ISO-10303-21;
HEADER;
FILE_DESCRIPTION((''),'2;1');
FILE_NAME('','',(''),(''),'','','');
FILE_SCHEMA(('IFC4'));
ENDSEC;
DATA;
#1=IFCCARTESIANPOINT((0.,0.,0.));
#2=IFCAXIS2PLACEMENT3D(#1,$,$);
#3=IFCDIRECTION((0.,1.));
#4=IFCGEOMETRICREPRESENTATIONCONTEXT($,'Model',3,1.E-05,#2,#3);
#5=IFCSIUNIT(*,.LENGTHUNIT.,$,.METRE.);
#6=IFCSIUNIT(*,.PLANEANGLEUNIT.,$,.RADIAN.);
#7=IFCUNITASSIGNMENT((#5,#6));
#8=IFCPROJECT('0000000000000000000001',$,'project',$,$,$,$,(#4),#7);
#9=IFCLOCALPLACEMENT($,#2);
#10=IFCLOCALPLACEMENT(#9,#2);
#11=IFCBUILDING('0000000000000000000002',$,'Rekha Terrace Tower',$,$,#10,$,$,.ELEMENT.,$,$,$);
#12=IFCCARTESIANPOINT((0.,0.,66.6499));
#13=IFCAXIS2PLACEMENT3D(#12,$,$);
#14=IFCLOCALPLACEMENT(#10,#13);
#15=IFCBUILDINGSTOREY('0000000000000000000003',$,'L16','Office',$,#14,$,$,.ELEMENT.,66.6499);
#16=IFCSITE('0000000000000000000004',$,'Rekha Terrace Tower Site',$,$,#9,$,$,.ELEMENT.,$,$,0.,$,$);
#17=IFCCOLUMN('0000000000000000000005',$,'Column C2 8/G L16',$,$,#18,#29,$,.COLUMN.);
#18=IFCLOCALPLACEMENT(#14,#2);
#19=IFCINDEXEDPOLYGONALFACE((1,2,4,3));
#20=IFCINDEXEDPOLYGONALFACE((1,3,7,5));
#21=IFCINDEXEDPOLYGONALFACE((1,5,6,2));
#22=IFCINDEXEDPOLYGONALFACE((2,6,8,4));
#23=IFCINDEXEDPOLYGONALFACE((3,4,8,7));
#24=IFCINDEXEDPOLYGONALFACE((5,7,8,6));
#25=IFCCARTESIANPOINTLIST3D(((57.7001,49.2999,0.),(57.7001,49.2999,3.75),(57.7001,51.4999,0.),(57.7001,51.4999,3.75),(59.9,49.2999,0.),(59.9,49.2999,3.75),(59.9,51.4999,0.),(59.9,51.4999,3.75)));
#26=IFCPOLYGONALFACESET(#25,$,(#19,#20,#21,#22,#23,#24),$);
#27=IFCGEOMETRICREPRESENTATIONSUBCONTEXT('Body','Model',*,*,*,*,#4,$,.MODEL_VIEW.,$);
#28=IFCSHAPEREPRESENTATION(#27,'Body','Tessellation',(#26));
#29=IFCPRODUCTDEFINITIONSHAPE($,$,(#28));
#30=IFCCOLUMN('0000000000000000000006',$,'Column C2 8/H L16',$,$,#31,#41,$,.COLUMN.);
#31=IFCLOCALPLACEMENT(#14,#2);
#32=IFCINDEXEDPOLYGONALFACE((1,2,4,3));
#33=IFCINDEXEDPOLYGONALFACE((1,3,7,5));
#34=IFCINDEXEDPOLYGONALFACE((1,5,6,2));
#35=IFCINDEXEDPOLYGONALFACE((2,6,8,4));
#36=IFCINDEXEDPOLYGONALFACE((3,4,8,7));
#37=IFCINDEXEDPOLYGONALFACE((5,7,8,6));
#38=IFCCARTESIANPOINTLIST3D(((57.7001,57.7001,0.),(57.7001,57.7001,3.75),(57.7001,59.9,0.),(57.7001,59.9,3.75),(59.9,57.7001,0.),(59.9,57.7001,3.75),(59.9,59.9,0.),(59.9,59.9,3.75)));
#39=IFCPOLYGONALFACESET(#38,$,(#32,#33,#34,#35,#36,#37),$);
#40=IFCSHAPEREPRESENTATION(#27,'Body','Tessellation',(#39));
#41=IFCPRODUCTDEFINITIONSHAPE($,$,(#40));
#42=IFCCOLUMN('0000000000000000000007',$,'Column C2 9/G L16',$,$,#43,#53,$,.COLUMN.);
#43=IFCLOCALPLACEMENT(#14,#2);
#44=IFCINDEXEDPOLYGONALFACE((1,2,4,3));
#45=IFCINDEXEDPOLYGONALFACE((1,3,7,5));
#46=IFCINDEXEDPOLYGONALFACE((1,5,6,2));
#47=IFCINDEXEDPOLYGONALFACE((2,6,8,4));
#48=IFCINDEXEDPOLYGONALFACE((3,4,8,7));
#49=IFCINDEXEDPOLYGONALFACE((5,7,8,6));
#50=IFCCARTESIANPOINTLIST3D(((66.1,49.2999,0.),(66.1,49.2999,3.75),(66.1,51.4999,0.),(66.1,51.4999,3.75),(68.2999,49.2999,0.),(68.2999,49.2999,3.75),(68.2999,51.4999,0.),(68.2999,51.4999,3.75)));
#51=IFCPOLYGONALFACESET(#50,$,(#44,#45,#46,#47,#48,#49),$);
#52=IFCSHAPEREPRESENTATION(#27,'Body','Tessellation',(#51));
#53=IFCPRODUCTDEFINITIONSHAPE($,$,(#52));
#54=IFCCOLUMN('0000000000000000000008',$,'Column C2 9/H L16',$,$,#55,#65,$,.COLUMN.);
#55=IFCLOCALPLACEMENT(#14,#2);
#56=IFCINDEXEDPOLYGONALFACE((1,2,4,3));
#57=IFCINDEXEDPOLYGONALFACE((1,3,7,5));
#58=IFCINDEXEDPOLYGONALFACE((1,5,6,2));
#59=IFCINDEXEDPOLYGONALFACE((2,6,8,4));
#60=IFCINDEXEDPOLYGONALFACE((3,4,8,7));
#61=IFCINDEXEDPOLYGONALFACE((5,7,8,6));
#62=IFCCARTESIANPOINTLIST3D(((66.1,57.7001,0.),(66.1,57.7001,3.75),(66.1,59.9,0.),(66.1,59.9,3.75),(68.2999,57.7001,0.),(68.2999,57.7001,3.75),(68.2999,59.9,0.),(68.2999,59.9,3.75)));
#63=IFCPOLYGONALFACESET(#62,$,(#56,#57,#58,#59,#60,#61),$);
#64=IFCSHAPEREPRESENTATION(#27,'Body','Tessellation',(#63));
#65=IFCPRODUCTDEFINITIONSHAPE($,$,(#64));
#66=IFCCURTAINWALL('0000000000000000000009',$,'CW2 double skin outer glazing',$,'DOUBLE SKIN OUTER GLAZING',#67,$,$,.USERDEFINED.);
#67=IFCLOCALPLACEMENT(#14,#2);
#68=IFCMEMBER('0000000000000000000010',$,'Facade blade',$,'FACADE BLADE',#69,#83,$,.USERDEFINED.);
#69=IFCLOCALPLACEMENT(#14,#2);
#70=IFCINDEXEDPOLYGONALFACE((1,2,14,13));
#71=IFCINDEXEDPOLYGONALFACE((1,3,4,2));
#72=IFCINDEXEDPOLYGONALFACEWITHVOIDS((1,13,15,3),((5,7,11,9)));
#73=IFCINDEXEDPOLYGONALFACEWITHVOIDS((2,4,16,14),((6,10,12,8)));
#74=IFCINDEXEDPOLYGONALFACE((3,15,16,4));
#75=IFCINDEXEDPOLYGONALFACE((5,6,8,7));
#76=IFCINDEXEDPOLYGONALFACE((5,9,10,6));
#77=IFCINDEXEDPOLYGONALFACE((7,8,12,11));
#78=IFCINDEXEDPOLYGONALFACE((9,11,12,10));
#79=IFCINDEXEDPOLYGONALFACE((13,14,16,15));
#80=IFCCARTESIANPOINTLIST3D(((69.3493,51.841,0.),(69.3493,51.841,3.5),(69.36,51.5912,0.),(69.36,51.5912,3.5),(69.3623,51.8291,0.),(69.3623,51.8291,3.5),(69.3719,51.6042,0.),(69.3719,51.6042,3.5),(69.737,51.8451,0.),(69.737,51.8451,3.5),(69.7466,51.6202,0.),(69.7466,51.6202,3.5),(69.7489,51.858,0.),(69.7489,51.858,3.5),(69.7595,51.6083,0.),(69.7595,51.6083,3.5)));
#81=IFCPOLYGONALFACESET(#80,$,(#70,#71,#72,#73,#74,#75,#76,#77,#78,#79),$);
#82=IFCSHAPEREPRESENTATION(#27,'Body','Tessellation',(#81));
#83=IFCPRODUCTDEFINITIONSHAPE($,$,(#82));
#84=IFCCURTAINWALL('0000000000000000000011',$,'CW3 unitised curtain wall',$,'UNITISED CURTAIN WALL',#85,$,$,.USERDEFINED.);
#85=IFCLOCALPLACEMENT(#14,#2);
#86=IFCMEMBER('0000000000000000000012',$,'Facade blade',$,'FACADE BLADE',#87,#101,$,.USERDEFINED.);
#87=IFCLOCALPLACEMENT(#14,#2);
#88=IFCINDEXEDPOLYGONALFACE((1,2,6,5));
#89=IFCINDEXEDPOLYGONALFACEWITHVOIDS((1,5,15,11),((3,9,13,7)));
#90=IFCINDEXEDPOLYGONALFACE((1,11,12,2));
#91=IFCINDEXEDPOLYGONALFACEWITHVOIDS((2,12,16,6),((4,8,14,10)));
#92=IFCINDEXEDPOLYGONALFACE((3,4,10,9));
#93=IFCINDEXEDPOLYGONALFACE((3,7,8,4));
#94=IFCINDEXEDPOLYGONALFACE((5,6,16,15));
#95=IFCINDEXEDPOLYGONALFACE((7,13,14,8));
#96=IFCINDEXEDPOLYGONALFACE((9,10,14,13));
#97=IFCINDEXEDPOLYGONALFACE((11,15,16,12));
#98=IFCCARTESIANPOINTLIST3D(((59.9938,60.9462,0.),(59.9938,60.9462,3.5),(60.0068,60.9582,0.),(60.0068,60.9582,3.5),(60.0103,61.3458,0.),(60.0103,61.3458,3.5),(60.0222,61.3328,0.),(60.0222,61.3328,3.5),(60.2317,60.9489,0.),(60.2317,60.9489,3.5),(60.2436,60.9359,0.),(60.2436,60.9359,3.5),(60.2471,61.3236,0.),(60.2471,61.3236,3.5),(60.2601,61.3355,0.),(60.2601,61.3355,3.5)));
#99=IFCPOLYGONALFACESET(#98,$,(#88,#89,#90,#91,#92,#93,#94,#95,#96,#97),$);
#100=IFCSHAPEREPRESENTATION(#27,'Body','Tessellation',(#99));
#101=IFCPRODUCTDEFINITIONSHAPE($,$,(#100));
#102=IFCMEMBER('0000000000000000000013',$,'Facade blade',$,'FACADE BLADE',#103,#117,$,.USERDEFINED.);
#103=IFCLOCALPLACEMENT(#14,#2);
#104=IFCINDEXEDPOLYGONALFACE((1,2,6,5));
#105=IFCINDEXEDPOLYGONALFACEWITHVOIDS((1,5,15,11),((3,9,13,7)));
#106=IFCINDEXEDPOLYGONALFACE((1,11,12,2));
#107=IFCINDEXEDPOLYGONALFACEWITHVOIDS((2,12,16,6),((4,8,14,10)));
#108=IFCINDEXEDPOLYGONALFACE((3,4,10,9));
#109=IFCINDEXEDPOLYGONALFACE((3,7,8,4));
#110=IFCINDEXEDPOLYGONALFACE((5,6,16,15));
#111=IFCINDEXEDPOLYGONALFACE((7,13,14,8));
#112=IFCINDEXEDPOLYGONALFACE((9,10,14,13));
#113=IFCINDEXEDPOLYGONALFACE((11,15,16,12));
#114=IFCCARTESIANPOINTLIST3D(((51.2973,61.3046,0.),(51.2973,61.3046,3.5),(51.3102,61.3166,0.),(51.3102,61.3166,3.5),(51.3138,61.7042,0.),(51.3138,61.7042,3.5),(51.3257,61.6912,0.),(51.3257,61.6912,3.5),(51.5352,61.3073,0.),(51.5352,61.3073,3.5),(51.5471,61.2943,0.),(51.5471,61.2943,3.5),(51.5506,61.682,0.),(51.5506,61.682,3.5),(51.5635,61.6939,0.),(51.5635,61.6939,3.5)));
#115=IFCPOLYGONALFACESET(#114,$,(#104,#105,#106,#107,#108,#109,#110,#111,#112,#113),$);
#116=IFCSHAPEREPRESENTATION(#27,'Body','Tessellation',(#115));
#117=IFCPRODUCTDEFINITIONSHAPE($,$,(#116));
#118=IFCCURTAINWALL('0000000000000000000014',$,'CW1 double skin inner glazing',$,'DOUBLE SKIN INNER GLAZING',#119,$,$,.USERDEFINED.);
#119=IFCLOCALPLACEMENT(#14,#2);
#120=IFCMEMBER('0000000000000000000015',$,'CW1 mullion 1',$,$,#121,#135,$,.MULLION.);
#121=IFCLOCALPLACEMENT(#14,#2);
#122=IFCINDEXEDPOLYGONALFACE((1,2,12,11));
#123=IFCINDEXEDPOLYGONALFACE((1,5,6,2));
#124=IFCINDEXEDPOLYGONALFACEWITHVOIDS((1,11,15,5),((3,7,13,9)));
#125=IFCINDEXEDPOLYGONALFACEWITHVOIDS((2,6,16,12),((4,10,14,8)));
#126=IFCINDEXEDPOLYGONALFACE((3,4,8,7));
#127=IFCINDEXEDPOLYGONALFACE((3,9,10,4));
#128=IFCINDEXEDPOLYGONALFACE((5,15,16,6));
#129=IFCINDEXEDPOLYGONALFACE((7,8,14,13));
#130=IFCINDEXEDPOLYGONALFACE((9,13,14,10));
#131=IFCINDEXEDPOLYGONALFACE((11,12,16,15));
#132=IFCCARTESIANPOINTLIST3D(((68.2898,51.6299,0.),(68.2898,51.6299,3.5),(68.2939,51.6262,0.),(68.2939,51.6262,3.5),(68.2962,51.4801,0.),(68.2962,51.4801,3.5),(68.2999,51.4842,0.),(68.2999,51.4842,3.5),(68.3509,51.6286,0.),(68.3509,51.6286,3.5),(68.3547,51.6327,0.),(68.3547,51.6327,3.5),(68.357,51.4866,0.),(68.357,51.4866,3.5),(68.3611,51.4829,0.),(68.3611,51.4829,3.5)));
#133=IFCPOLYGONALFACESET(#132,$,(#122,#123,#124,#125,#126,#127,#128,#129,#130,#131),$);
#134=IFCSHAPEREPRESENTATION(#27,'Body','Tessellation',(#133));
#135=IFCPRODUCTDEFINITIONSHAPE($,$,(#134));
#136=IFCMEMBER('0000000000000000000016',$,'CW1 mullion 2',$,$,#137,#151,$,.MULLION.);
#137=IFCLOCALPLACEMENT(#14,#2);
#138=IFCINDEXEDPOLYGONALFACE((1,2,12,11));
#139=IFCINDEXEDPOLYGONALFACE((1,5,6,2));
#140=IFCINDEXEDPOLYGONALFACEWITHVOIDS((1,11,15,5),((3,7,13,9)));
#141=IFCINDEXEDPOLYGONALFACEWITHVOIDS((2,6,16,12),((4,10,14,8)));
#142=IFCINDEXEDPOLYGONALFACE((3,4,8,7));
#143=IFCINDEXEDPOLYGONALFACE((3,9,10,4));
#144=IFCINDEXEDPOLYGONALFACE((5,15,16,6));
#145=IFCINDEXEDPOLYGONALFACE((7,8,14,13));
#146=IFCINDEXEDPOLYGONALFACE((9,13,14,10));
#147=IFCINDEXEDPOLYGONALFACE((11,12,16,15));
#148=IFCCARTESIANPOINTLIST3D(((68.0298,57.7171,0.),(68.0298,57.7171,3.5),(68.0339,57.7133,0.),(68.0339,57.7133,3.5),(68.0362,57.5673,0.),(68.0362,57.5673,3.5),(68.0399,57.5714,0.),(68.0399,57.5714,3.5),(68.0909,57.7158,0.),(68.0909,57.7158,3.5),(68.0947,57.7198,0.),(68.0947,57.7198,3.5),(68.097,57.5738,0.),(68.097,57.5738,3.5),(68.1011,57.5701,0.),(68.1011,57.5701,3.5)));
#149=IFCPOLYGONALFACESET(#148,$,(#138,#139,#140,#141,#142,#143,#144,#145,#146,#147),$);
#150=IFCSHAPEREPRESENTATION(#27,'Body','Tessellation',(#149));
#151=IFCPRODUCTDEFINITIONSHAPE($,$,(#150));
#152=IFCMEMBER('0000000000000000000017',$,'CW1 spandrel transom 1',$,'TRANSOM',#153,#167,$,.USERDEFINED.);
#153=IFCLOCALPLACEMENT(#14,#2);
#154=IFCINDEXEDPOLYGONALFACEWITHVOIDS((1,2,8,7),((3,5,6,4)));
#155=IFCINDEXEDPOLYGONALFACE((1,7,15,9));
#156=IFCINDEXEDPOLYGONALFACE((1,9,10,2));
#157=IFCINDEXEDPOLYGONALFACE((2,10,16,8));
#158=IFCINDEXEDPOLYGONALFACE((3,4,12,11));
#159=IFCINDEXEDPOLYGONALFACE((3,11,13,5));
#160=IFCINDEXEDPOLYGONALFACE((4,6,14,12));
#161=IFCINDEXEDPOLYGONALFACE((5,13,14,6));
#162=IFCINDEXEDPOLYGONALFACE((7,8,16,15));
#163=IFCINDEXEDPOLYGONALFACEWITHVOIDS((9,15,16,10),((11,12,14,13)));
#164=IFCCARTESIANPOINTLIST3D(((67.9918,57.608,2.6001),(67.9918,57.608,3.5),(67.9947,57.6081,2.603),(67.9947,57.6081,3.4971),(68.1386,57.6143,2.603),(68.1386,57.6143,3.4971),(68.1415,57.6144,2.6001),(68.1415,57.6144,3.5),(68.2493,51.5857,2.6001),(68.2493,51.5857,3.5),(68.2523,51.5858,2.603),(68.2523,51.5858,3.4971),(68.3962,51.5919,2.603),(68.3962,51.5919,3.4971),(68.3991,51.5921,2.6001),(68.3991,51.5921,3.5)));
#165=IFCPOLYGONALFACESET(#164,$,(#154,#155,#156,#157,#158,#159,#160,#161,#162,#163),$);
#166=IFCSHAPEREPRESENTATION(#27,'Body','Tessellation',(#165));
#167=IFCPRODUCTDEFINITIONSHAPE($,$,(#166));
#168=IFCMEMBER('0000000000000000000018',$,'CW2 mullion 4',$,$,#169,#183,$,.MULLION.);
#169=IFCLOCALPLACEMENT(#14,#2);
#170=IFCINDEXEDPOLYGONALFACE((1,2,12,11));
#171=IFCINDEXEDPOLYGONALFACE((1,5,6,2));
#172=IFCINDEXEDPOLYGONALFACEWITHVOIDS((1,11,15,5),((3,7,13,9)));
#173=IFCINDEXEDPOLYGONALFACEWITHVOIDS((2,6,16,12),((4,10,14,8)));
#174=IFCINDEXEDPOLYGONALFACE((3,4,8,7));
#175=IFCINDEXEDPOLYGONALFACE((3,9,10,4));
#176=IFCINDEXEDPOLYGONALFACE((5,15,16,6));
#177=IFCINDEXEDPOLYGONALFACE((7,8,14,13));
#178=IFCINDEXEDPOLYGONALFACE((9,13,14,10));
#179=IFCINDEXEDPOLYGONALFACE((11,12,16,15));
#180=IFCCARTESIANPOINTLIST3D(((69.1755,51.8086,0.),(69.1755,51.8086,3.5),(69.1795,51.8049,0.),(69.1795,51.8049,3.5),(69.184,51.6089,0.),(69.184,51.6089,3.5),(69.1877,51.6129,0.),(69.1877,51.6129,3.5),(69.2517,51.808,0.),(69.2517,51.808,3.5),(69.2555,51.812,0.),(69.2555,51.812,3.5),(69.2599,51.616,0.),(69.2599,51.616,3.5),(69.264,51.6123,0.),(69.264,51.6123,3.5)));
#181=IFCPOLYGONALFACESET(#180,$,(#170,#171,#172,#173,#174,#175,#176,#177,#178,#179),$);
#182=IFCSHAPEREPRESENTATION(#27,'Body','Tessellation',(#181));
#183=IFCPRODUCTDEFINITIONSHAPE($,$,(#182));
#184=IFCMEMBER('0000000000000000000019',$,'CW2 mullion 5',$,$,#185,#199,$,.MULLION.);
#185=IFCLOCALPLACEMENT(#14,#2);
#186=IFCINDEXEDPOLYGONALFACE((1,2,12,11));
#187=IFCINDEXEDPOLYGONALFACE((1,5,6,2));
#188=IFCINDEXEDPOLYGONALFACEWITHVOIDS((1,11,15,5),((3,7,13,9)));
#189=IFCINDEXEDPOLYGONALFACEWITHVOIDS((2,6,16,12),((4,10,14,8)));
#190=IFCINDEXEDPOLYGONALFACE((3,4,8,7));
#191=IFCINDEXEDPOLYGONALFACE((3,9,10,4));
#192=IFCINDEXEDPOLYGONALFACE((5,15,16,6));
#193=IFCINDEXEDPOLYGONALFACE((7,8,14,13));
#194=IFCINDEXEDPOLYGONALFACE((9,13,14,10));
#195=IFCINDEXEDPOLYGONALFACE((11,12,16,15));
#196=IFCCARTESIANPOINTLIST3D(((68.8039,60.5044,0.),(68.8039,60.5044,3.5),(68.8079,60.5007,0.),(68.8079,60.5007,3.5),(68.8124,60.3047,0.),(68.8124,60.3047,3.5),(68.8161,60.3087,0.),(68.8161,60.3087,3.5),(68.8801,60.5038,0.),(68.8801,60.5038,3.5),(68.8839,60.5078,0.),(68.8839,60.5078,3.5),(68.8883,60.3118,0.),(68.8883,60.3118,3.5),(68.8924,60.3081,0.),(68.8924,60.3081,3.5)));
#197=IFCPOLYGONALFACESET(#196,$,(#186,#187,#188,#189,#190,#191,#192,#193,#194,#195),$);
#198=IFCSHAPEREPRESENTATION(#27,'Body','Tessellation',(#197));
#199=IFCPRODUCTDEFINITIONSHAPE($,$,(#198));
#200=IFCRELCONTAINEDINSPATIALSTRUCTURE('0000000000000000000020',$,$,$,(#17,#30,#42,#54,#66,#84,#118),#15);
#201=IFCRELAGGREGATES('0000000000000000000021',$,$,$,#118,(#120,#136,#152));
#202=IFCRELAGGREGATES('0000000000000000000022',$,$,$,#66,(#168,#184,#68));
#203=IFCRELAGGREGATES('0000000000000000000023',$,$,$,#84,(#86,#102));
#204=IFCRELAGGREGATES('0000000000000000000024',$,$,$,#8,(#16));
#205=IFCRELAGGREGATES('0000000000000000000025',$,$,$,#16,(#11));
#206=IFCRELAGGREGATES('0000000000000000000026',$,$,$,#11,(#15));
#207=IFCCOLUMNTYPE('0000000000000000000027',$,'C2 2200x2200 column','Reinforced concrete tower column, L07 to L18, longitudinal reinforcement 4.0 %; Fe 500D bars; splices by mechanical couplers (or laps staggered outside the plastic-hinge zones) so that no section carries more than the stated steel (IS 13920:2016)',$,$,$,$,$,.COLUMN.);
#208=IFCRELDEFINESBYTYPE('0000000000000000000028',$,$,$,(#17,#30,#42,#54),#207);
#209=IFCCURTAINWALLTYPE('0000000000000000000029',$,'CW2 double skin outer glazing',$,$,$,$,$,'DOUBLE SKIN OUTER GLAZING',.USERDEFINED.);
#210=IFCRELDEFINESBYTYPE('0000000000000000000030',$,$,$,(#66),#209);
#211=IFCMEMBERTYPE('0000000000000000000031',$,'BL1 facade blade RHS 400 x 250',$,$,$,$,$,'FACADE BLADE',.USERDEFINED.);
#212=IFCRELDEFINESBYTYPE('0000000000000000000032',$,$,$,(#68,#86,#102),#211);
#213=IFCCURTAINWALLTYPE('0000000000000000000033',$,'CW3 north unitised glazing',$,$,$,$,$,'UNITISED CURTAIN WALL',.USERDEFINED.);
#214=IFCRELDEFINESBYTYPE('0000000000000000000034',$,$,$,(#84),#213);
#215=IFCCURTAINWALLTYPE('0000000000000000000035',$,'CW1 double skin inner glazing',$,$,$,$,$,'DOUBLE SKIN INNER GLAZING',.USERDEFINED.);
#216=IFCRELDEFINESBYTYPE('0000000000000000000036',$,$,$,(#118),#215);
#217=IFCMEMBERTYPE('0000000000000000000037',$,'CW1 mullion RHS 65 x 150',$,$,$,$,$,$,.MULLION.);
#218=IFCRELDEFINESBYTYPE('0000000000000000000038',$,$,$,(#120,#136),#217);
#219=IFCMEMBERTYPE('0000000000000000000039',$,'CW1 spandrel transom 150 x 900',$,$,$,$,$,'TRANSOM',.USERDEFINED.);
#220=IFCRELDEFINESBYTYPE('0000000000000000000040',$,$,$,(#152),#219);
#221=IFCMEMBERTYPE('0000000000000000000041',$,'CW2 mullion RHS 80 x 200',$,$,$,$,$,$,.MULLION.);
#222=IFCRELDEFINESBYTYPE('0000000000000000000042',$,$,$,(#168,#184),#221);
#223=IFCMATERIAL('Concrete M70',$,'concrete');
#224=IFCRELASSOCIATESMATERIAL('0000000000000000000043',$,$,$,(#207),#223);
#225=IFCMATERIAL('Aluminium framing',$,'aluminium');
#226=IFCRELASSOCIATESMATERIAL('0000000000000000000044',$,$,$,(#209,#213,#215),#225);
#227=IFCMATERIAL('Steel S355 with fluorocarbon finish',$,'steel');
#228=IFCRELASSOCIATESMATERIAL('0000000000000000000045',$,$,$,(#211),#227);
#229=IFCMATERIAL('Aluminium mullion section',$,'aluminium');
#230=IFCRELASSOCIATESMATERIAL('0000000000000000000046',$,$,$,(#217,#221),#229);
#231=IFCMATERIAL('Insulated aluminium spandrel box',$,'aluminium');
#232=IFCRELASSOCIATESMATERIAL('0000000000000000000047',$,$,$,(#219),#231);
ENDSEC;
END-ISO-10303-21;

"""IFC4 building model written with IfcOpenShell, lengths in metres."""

from ifc_helpers import new_model, si_unit, direction, frame, origin, origin_2d, place, context, subcontext, project, spatial, rectangle, hollow_rectangle, extrude, material, material_profile, profile_set, type_object, element, aggregate, save


model = new_model("IFC4")

# Units and contexts
model_context = context("Model", 3, precision=1e-05, world=origin(), true_north=direction((0.0, 1.0)))
body_context = subcontext(model_context, "Body", "Model", "MODEL_VIEW")
ifc_project = project(units=[si_unit("LENGTHUNIT", "METRE"), si_unit("PLANEANGLEUNIT", "RADIAN")], contexts=[model_context])

# Site, building, storey
site_placement = place(None, origin())
site = spatial("IfcSite", under=ifc_project, at=site_placement, Name="Rekha Terrace Tower Site", CompositionType="ELEMENT", RefElevation=0.0)
building_placement = place(site_placement, origin())
building = spatial("IfcBuilding", under=site, at=building_placement, Name="Rekha Terrace Tower", CompositionType="ELEMENT")
storey_placement = place(building_placement, frame((0.0, 0.0, 66.6499)))
storey = spatial("IfcBuildingStorey", under=building, at=storey_placement, Name="L16", Description="Office", CompositionType="ELEMENT", Elevation=66.6499)

# Columns
ifc_material_1 = material(Name="Concrete M70", Category="concrete")
ifc_material_profile_1 = material_profile(ifc_material_1, rectangle(XDim=2.2, YDim=2.2, at=origin_2d()), Name="RC 2200x2200")
ifc_profile_set_1 = profile_set([ifc_material_profile_1], Name="Concrete M70")
column_type = type_object("IfcColumnType", Name="C2 2200x2200 column", Description="Reinforced concrete tower column, L07 to L18, longitudinal reinforcement 4.0 %; Fe 500D bars; splices by mechanical couplers (or laps staggered outside the plastic-hinge zones) so that no section carries more than the stated steel (IS 13920:2016)", PredefinedType="COLUMN", material=ifc_profile_set_1)
for number, where, z_axis, x_axis, name in (
    (1, (58.8, 50.3999, 0.0), (0.0, 0.0, 1.0), (1.0, 0.0, 0.0), "Column C2 8/G L16"),
    (2, (58.8, 58.8, 0.0), (0.0, 0.0, 1.0), (1.0, 0.0, 0.0), "Column C2 8/H L16"),
    (3, (67.2, 50.3999, 0.0), (0.0, 0.0, 1.0), (1.0, 0.0, 0.0), "Column C2 9/G L16"),
    (4, (67.2, 58.8, 0.0), (0.0, 0.0, 1.0), (1.0, 0.0, 0.0), "Column C2 9/H L16"),
):
    element("IfcColumn", number, at=place(storey_placement, frame(where, z_axis=z_axis, x_axis=x_axis)), inside=storey, type_object=column_type, Name=name, PredefinedType="COLUMN", context=body_context, shape_type="SweptSolid", body=[
        extrude(rectangle(XDim=2.2, YDim=2.2, at=origin_2d()), origin(), (0.0, 0.0, 1.0), 3.75),
    ])

# Curtain wall, member
ifc_material_2 = material(Name="Aluminium framing", Category="aluminium")
curtain_wall_type_1 = type_object("IfcCurtainWallType", Name="CW2 double skin outer glazing", ElementType="DOUBLE SKIN OUTER GLAZING", PredefinedType="USERDEFINED", material=ifc_material_2)
curtain_wall_1_placement = place(storey_placement, origin())
curtain_wall_1 = element("IfcCurtainWall", 5, at=curtain_wall_1_placement, inside=storey, type_object=curtain_wall_type_1, Name="CW2 double skin outer glazing", ObjectType="DOUBLE SKIN OUTER GLAZING", PredefinedType="USERDEFINED")
ifc_material_3 = material(Name="Steel S355 with fluorocarbon finish", Category="steel")
ifc_material_profile_2 = material_profile(ifc_material_3, hollow_rectangle(XDim=0.25, YDim=0.3999, WallThickness=0.0125, at=origin_2d()), Name="RHS400x250x12.5")
ifc_profile_set_2 = profile_set([ifc_material_profile_2], Name="Steel S355 with fluorocarbon finish")
member_type_1 = type_object("IfcMemberType", Name="BL1 facade blade RHS 400 x 250", ElementType="FACADE BLADE", PredefinedType="USERDEFINED", material=ifc_profile_set_2)
member_1_placement = place(storey_placement, frame((69.5544, 51.7246, 0.0), z_axis=(0.0, 0.0, 1.0), x_axis=(-0.042695, 0.999088, 0.0)))
member_1 = element("IfcMember", 6, at=member_1_placement, type_object=member_type_1, Name="Facade blade", ObjectType="FACADE BLADE", PredefinedType="USERDEFINED", context=body_context, shape_type="SweptSolid", body=[
    extrude(hollow_rectangle(XDim=0.25, YDim=0.3999, WallThickness=0.0125, at=origin_2d()), origin(), (0.0, 0.0, 1.0), 3.5),
])

# Curtain walls, members
curtain_wall_type_2 = type_object("IfcCurtainWallType", Name="CW3 north unitised glazing", ElementType="UNITISED CURTAIN WALL", PredefinedType="USERDEFINED", material=ifc_material_2)
curtain_wall_2_placement = place(storey_placement, origin())
curtain_wall_2 = element("IfcCurtainWall", 7, at=curtain_wall_2_placement, inside=storey, type_object=curtain_wall_type_2, Name="CW3 unitised curtain wall", ObjectType="UNITISED CURTAIN WALL", PredefinedType="USERDEFINED")
member_2_placement = place(storey_placement, frame((60.127, 61.1409, 0.0), z_axis=(0.0, 0.0, 1.0), x_axis=(-0.999152, 0.041175, 0.0)))
member_2 = element("IfcMember", 8, at=member_2_placement, type_object=member_type_1, Name="Facade blade", ObjectType="FACADE BLADE", PredefinedType="USERDEFINED", context=body_context, shape_type="SweptSolid", body=[
    extrude(hollow_rectangle(XDim=0.25, YDim=0.3999, WallThickness=0.0125, at=origin_2d()), origin(), (0.0, 0.0, 1.0), 3.5),
])
member_3_placement = place(storey_placement, frame((51.4304, 61.4993, 0.0), z_axis=(0.0, 0.0, 1.0), x_axis=(-0.999152, 0.041175, 0.0)))
member_3 = element("IfcMember", 9, at=member_3_placement, type_object=member_type_1, Name="Facade blade", ObjectType="FACADE BLADE", PredefinedType="USERDEFINED", context=body_context, shape_type="SweptSolid", body=[
    extrude(hollow_rectangle(XDim=0.25, YDim=0.3999, WallThickness=0.0125, at=origin_2d()), origin(), (0.0, 0.0, 1.0), 3.5),
])
curtain_wall_type_3 = type_object("IfcCurtainWallType", Name="CW1 double skin inner glazing", ElementType="DOUBLE SKIN INNER GLAZING", PredefinedType="USERDEFINED", material=ifc_material_2)
curtain_wall_3_placement = place(storey_placement, origin())
curtain_wall_3 = element("IfcCurtainWall", 10, at=curtain_wall_3_placement, inside=storey, type_object=curtain_wall_type_3, Name="CW1 double skin inner glazing", ObjectType="DOUBLE SKIN INNER GLAZING", PredefinedType="USERDEFINED")
ifc_material_4 = material(Name="Aluminium mullion section", Category="aluminium")
ifc_material_profile_3 = material_profile(ifc_material_4, hollow_rectangle(XDim=0.0649, YDim=0.1499, WallThickness=0.0039, at=origin_2d()), Name="AL RHS 65x150")
ifc_profile_set_3 = profile_set([ifc_material_profile_3], Name="Aluminium mullion section")
member_type_2 = type_object("IfcMemberType", Name="CW1 mullion RHS 65 x 150", PredefinedType="MULLION", material=ifc_profile_set_3)
member_4_placement = place(storey_placement, frame((68.3254, 51.5564, 0.0), z_axis=(0.0, 0.0, 1.0), x_axis=(-0.999088, -0.042696, 0.0)))
member_4 = element("IfcMember", 11, at=member_4_placement, type_object=member_type_2, Name="CW1 mullion 1", PredefinedType="MULLION", context=body_context, shape_type="SweptSolid", body=[
    extrude(hollow_rectangle(XDim=0.0649, YDim=0.1499, WallThickness=0.0039, at=origin_2d()), origin(), (0.0, 0.0, 1.0), 3.5),
])
member_5_placement = place(storey_placement, frame((68.0654, 57.6436, 0.0), z_axis=(0.0, 0.0, 1.0), x_axis=(-0.999088, -0.042696, 0.0)))
member_5 = element("IfcMember", 12, at=member_5_placement, type_object=member_type_2, Name="CW1 mullion 2", PredefinedType="MULLION", context=body_context, shape_type="SweptSolid", body=[
    extrude(hollow_rectangle(XDim=0.0649, YDim=0.1499, WallThickness=0.0039, at=origin_2d()), origin(), (0.0, 0.0, 1.0), 3.5),
])
ifc_material_5 = material(Name="Insulated aluminium spandrel box", Category="aluminium")
ifc_material_profile_4 = material_profile(ifc_material_5, hollow_rectangle(XDim=0.1499, YDim=0.8999, WallThickness=0.0029, at=origin_2d()), Name="AL SPANDREL BOX 150x900")
ifc_profile_set_4 = profile_set([ifc_material_profile_4], Name="Insulated aluminium spandrel box")
member_type_3 = type_object("IfcMemberType", Name="CW1 spandrel transom 150 x 900", ElementType="TRANSOM", PredefinedType="USERDEFINED", material=ifc_profile_set_4)
member_6_placement = place(storey_placement, frame((68.3242, 51.5889, 3.05), z_axis=(-0.042731, 0.999087, 0.0), x_axis=(-0.999087, -0.042731, 0.0)))
member_6 = element("IfcMember", 13, at=member_6_placement, type_object=member_type_3, Name="CW1 spandrel transom 1", ObjectType="TRANSOM", PredefinedType="USERDEFINED", context=body_context, shape_type="SweptSolid", body=[
    extrude(hollow_rectangle(XDim=0.1499, YDim=0.8999, WallThickness=0.0029, at=origin_2d()), origin(), (0.0, 0.0, 1.0), 6.0278),
])

# Members
ifc_material_profile_5 = material_profile(ifc_material_4, hollow_rectangle(XDim=0.0801, YDim=0.2, WallThickness=0.0039, at=origin_2d()), Name="AL RHS 80x200")
ifc_profile_set_5 = profile_set([ifc_material_profile_5], Name="Aluminium mullion section")
member_type_4 = type_object("IfcMemberType", Name="CW2 mullion RHS 80 x 200", PredefinedType="MULLION", material=ifc_profile_set_5)
member_7_placement = place(storey_placement, frame((69.2197, 51.7104, 0.0), z_axis=(0.0, 0.0, 1.0), x_axis=(-0.999088, -0.042696, 0.0)))
member_7 = element("IfcMember", 14, at=member_7_placement, type_object=member_type_4, Name="CW2 mullion 4", PredefinedType="MULLION", context=body_context, shape_type="SweptSolid", body=[
    extrude(hollow_rectangle(XDim=0.0801, YDim=0.2, WallThickness=0.0039, at=origin_2d()), origin(), (0.0, 0.0, 1.0), 3.5),
])
member_8_placement = place(storey_placement, frame((68.8481, 60.4062, 0.0), z_axis=(0.0, 0.0, 1.0), x_axis=(-0.999088, -0.042696, 0.0)))
member_8 = element("IfcMember", 15, at=member_8_placement, type_object=member_type_4, Name="CW2 mullion 5", PredefinedType="MULLION", context=body_context, shape_type="SweptSolid", body=[
    extrude(hollow_rectangle(XDim=0.0801, YDim=0.2, WallThickness=0.0039, at=origin_2d()), origin(), (0.0, 0.0, 1.0), 3.5),
])

aggregate(curtain_wall_3, [member_4, member_5, member_6])
aggregate(curtain_wall_1, [member_7, member_8, member_1])
aggregate(curtain_wall_2, [member_2, member_3])

save(model, "model.ifc")
